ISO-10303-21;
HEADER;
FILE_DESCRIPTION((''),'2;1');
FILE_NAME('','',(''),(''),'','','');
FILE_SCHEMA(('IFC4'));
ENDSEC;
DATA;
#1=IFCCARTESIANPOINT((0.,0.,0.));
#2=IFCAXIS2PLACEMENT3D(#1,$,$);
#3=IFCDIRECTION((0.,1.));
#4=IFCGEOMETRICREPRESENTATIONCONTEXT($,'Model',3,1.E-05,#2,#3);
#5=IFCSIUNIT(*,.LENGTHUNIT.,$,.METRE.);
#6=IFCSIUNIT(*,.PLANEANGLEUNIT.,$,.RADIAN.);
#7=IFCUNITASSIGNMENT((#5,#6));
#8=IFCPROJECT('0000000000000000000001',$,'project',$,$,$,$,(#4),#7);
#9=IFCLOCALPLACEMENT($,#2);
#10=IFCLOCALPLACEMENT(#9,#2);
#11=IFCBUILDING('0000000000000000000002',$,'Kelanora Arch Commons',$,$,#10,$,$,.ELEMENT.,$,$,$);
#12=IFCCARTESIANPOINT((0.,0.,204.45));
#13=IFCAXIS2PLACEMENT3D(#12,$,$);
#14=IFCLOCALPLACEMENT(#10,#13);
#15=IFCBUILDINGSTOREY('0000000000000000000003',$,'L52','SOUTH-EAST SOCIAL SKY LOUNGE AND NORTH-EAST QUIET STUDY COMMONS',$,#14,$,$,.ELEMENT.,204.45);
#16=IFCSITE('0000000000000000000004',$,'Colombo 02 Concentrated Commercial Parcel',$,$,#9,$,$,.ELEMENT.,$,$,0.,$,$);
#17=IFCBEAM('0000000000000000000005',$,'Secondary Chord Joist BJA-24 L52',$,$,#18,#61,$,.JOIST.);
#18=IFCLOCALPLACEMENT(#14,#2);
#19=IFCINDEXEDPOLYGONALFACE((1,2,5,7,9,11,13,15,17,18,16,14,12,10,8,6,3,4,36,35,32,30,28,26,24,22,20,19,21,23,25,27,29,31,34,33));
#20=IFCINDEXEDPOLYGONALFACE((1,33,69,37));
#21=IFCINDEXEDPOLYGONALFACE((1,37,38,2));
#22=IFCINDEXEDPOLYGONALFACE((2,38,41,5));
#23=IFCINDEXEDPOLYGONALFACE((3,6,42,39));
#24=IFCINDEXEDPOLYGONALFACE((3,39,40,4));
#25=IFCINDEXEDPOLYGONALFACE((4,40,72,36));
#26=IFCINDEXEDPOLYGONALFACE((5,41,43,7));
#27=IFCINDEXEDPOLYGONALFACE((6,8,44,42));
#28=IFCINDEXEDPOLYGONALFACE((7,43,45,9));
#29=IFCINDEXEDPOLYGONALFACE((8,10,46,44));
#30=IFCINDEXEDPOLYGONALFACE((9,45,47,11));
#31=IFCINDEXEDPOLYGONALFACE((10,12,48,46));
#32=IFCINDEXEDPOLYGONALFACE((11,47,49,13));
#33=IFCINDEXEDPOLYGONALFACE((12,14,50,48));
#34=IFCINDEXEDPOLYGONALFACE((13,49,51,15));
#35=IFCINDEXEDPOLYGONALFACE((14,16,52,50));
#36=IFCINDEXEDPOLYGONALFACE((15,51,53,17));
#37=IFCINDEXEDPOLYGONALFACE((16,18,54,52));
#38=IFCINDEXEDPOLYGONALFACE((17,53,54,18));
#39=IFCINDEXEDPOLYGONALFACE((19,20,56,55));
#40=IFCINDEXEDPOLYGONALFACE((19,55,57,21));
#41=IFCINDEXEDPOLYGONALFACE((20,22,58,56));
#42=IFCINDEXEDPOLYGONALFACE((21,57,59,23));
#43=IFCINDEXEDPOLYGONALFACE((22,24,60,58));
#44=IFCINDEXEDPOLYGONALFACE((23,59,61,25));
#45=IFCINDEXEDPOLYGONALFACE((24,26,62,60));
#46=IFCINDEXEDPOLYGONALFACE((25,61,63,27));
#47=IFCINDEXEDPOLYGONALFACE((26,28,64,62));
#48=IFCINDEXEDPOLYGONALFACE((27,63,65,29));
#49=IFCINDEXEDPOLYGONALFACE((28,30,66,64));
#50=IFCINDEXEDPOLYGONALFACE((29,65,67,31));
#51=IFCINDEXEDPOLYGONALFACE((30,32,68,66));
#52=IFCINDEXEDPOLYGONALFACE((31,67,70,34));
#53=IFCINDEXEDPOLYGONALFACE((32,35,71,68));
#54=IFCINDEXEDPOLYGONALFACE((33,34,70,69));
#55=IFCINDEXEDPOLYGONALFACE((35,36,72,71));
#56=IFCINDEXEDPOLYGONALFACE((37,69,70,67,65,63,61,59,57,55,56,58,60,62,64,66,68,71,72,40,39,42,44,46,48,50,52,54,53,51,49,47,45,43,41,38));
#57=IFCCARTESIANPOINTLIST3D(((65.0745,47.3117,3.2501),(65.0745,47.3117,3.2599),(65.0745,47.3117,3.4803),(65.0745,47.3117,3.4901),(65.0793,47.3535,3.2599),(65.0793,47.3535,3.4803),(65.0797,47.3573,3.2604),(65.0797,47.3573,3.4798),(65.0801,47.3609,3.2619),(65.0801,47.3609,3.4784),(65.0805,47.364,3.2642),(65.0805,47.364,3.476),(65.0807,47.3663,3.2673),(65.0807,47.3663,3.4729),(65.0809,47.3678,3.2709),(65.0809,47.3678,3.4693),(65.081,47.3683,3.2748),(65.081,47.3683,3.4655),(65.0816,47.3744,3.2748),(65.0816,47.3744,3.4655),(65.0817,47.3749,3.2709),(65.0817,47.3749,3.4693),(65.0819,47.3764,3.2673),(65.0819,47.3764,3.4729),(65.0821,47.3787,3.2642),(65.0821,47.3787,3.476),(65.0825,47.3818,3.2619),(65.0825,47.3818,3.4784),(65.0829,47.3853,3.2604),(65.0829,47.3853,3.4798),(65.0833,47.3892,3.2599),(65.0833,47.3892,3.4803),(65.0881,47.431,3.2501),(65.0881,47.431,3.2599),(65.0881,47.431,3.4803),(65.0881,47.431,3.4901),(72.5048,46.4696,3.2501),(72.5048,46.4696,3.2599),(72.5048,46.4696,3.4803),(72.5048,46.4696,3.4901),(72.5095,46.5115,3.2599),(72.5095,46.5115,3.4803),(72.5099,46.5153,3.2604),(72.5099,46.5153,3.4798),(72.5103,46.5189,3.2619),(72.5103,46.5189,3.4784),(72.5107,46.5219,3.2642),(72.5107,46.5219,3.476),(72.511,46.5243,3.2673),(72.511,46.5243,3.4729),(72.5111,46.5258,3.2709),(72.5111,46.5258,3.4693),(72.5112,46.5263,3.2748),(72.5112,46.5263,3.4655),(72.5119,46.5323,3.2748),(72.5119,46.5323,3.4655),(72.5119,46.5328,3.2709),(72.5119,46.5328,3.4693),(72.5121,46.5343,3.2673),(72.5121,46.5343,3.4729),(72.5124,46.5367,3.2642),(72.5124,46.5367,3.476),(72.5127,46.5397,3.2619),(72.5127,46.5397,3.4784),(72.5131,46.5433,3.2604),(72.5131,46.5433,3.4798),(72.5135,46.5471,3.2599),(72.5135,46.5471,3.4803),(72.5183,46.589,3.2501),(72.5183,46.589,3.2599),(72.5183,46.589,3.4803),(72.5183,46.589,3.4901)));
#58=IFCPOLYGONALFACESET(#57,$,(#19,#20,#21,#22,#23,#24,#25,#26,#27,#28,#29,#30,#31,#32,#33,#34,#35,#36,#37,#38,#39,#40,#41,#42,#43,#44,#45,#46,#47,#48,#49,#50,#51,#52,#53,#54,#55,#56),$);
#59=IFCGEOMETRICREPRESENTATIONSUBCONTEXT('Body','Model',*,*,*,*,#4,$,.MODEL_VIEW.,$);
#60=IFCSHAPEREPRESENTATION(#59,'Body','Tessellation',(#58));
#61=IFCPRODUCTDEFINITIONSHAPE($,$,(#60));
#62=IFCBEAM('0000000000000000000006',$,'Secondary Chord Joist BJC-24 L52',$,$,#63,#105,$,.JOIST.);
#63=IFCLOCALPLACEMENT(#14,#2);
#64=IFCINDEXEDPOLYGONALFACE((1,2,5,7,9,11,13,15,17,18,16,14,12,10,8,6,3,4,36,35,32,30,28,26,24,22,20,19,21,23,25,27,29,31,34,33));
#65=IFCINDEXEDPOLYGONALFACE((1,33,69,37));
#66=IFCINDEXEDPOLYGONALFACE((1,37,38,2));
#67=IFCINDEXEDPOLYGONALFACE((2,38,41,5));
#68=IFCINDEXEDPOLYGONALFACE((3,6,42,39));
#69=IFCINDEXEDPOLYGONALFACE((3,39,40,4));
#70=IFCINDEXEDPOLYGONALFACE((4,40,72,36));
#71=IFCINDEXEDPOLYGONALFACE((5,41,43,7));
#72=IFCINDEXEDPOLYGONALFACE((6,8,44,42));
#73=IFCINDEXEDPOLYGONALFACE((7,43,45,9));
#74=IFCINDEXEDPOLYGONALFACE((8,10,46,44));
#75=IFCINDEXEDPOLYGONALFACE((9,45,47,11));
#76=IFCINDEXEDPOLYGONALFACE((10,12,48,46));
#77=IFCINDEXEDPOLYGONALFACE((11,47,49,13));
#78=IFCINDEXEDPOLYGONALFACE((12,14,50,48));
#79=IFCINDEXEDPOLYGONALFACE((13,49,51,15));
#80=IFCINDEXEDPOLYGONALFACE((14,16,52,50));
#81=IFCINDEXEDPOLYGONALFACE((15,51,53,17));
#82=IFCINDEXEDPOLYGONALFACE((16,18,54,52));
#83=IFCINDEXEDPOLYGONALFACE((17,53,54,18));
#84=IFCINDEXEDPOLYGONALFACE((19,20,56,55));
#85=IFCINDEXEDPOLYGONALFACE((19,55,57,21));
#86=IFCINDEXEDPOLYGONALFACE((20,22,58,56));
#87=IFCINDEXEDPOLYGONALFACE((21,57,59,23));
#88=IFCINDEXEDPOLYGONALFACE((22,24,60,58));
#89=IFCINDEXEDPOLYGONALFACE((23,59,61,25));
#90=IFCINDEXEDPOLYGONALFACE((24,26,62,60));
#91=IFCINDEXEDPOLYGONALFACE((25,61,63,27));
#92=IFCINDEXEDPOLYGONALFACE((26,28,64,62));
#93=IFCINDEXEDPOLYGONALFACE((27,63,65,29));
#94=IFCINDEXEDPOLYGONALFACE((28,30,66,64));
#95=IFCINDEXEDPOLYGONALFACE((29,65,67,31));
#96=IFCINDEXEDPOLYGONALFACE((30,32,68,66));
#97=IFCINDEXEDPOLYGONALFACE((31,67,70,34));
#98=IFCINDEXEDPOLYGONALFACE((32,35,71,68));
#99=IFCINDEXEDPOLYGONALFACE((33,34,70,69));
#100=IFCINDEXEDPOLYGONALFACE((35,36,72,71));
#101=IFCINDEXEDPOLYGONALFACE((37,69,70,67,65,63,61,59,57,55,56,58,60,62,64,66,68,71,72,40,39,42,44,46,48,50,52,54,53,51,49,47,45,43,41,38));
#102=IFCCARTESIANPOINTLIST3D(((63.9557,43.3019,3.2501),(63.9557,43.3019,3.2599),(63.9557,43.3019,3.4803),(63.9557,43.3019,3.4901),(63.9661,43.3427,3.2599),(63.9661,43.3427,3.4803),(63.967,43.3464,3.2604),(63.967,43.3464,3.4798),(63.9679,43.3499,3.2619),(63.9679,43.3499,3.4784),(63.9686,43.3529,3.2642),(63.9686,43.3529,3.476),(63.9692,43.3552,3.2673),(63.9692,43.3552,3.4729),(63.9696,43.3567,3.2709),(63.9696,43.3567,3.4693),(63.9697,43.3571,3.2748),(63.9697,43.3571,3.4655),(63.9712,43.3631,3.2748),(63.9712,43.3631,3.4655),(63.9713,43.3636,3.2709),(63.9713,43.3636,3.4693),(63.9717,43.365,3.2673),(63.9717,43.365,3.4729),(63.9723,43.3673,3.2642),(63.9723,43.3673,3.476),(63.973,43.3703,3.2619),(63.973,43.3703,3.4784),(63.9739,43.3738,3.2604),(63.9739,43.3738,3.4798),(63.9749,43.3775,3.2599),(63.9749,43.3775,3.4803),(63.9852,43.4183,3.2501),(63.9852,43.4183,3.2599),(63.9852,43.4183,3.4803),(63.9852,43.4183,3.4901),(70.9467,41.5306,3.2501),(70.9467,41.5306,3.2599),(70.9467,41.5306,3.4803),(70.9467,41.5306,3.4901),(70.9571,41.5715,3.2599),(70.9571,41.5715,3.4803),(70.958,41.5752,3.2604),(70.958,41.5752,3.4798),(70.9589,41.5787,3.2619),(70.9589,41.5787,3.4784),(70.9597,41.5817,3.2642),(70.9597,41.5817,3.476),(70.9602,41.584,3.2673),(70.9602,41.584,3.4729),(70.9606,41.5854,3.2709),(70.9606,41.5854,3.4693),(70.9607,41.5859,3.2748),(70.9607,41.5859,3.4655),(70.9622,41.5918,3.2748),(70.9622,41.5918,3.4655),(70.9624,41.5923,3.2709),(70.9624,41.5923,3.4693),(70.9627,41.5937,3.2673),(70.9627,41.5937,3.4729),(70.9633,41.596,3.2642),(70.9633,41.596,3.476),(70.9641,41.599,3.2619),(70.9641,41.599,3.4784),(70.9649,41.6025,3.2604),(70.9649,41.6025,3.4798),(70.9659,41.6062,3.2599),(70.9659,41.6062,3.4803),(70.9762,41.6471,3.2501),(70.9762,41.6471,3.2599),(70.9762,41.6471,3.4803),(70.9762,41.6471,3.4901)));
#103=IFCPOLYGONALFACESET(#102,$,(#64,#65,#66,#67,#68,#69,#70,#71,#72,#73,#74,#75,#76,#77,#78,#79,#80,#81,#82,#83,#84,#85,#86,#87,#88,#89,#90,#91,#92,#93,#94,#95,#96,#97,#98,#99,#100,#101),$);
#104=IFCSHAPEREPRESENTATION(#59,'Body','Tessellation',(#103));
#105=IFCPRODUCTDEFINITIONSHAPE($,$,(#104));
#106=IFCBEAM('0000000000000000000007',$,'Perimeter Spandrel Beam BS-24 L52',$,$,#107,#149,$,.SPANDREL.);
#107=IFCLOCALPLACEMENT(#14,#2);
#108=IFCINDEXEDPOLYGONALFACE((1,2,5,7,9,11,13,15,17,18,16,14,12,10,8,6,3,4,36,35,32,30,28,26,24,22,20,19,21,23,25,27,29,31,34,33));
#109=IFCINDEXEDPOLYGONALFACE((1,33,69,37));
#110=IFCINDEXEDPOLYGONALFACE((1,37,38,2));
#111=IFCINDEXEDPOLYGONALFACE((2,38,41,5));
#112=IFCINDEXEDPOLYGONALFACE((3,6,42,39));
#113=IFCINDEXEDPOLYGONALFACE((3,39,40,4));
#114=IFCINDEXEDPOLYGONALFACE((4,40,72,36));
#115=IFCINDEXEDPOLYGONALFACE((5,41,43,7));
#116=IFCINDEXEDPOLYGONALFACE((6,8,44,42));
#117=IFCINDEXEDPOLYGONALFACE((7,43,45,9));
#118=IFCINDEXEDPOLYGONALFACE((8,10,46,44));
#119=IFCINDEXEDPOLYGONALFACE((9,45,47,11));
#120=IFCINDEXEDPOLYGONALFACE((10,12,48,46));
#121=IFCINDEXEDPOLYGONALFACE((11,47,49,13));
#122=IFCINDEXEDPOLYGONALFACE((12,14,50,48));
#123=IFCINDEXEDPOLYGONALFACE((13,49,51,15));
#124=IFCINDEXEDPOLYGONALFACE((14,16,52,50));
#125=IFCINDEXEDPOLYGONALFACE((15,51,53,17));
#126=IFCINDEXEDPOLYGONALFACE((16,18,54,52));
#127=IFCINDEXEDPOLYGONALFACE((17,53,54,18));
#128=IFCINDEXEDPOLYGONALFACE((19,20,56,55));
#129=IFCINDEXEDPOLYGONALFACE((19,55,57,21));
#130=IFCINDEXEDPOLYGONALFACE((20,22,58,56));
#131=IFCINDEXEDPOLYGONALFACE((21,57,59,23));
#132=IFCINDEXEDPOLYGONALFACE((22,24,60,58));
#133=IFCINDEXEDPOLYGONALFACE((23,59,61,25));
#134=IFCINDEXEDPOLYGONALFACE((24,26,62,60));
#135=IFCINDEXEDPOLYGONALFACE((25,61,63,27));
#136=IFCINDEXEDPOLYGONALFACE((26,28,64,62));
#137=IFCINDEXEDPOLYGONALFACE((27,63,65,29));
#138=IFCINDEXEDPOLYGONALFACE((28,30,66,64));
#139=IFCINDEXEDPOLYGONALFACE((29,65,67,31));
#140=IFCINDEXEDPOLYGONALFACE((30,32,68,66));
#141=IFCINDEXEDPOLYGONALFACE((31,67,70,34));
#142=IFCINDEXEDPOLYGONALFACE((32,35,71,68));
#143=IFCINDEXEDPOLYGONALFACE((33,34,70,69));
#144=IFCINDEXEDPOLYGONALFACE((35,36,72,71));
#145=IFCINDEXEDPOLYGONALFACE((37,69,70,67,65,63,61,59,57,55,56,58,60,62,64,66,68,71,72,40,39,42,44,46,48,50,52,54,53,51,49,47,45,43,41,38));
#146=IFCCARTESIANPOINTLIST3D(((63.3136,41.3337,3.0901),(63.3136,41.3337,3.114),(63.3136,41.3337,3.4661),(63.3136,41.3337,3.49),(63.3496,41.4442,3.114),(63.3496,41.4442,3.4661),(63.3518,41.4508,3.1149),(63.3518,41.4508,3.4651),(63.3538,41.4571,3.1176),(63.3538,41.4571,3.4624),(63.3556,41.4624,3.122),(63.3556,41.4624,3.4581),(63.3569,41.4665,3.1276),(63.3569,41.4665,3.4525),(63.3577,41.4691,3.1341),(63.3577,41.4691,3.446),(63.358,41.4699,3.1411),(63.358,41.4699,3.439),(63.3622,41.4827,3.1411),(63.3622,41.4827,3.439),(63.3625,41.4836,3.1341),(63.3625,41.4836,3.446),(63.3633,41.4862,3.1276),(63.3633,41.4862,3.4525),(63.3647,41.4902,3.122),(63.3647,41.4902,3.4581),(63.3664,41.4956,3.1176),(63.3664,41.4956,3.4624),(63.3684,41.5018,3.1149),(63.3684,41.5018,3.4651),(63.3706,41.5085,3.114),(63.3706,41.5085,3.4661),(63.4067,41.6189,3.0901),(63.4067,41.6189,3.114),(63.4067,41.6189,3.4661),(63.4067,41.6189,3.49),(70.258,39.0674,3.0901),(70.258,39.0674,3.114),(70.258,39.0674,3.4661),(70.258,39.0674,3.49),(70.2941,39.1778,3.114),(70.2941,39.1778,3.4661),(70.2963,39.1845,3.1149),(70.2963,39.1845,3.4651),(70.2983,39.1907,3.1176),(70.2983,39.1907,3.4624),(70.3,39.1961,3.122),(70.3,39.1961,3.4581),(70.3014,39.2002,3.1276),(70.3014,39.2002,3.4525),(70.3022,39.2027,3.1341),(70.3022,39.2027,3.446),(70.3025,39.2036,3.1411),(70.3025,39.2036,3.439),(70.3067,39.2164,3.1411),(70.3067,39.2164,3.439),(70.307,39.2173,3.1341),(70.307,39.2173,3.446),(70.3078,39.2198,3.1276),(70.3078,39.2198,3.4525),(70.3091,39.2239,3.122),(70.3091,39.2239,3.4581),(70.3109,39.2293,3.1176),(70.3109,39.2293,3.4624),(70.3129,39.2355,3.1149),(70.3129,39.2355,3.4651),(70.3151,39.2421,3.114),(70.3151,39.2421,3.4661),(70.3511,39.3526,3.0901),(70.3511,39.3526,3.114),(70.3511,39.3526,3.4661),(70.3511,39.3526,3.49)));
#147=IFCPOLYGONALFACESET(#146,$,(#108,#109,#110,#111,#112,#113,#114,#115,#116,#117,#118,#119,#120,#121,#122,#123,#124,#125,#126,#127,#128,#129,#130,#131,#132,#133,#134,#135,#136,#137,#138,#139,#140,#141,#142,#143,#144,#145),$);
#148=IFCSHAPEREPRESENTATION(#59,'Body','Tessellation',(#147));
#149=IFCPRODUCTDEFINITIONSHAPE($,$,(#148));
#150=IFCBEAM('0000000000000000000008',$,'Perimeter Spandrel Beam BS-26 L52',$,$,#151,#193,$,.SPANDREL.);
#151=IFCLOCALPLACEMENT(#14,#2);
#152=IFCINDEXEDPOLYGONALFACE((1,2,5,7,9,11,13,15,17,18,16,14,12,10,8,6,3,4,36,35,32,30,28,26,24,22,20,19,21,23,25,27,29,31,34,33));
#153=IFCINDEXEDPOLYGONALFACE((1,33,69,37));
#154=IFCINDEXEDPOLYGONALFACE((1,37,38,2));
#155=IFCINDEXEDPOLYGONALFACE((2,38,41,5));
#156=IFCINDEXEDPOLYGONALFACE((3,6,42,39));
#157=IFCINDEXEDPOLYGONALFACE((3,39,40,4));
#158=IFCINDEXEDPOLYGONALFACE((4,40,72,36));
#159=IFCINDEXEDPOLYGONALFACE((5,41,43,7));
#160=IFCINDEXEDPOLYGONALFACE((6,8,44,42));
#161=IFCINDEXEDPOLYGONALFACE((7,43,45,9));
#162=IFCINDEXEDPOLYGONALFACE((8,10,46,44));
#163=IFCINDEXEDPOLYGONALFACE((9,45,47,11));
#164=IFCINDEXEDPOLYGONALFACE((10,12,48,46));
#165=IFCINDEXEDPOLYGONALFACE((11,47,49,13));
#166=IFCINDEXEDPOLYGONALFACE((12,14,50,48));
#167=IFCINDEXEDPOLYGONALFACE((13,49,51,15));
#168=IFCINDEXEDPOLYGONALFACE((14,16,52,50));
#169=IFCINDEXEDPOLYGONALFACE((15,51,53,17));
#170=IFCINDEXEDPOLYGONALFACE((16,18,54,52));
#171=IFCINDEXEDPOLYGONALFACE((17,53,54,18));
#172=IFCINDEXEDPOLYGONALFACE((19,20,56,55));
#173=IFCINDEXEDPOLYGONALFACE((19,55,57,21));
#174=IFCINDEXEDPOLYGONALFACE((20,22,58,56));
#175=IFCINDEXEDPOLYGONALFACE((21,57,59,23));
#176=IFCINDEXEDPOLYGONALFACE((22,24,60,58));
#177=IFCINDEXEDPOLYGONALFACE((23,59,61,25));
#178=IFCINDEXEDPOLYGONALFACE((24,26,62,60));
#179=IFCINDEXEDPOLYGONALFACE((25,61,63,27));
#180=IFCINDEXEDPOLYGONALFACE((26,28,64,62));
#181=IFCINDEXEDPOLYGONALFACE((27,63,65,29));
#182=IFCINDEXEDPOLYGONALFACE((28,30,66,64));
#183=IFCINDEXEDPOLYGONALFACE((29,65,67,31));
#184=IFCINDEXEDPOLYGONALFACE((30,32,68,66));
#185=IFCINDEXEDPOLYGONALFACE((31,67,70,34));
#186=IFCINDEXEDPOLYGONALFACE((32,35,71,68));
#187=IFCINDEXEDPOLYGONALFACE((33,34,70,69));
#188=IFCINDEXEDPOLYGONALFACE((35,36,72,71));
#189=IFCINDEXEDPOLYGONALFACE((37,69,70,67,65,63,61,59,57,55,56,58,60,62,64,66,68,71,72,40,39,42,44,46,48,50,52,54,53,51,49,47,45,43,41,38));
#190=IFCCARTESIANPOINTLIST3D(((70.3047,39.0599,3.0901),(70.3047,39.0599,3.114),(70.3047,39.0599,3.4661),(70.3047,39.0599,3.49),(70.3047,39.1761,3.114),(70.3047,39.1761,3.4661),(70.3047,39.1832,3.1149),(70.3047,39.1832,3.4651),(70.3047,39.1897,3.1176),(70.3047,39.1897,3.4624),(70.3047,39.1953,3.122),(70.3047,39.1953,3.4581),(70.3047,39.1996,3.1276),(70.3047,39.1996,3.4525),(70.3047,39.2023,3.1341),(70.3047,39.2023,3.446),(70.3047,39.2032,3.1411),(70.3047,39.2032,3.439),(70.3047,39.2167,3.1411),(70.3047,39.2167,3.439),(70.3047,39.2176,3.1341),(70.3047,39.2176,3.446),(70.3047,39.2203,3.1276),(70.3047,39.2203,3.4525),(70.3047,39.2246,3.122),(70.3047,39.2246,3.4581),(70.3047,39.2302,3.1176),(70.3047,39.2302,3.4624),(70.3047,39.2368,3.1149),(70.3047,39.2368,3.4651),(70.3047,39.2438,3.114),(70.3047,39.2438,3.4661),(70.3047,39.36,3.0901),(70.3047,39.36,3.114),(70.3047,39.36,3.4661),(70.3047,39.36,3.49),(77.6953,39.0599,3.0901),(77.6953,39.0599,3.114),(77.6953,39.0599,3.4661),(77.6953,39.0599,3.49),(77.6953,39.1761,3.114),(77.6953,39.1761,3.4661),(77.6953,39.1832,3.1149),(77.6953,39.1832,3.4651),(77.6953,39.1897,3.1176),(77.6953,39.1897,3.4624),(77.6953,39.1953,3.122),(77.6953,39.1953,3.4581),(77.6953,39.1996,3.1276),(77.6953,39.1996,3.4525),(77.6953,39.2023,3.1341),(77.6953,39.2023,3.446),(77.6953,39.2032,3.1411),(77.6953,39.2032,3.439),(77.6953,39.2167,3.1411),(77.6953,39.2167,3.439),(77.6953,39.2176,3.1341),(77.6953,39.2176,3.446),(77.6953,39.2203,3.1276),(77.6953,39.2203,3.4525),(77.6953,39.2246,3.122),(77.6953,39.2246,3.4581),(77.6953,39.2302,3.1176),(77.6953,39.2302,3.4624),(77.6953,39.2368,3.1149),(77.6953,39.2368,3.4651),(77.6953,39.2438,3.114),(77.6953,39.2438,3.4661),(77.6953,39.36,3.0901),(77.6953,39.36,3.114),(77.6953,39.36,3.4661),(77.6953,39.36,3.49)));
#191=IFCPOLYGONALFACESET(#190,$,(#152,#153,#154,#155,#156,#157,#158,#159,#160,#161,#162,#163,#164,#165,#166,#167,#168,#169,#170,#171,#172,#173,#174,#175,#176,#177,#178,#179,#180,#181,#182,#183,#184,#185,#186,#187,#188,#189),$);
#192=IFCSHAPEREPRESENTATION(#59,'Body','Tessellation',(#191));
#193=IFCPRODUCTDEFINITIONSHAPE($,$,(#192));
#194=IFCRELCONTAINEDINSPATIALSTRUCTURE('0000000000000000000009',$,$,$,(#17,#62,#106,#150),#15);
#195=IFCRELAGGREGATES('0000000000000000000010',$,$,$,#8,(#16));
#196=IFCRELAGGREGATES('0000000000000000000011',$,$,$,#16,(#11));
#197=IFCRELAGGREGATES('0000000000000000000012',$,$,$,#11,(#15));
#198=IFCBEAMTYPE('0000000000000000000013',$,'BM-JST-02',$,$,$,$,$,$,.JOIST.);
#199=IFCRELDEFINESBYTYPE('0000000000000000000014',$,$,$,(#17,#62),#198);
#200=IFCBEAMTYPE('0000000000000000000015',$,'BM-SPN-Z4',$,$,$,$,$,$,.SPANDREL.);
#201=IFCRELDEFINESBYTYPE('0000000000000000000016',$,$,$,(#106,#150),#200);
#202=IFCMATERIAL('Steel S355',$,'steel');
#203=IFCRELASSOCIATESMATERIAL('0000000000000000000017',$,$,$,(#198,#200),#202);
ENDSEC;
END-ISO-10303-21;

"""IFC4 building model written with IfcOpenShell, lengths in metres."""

from ifc_helpers import new_model, si_unit, direction, frame, origin, origin_2d, place, context, subcontext, project, spatial, i_section, extrude, material, material_profile, profile_set, type_object, element, save


model = new_model("IFC4")

# Units and contexts
model_context = context("Model", 3, precision=1e-05, world=origin(), true_north=direction((0.0, 1.0)))
body_context = subcontext(model_context, "Body", "Model", "MODEL_VIEW")
ifc_project = project(units=[si_unit("LENGTHUNIT", "METRE"), si_unit("PLANEANGLEUNIT", "RADIAN")], contexts=[model_context])

# Site, building, storey
site_placement = place(None, origin())
site = spatial("IfcSite", under=ifc_project, at=site_placement, Name="Colombo 02 Concentrated Commercial Parcel", CompositionType="ELEMENT", RefElevation=0.0)
building_placement = place(site_placement, origin())
building = spatial("IfcBuilding", under=site, at=building_placement, Name="Kelanora Arch Commons", CompositionType="ELEMENT")
storey_placement = place(building_placement, frame((0.0, 0.0, 204.45)))
storey = spatial("IfcBuildingStorey", under=building, at=storey_placement, Name="L52", Description="SOUTH-EAST SOCIAL SKY LOUNGE AND NORTH-EAST QUIET STUDY COMMONS", CompositionType="ELEMENT", Elevation=204.45)

# Beams
ifc_material_1 = material(Name="Steel S355", Category="steel")
ifc_material_profile_1 = material_profile(ifc_material_1, i_section(OverallWidth=0.1201, OverallDepth=0.24, WebThickness=0.0061, FlangeThickness=0.0098, FilletRadius=0.0149, at=origin_2d()), Name="IPE240")
ifc_profile_set_1 = profile_set([ifc_material_profile_1], Name="Steel S355")
beam_type_1 = type_object("IfcBeamType", Name="BM-JST-02", PredefinedType="JOIST", material=ifc_profile_set_1)
beam_1_placement = place(storey_placement, frame((65.0813, 47.3713, 3.3701), z_axis=(0.99364, -0.112606, 0.0), x_axis=(0.112606, 0.99364, 0.0)))
element("IfcBeam", 1, at=beam_1_placement, inside=storey, type_object=beam_type_1, Name="Secondary Chord Joist BJA-24 L52", PredefinedType="JOIST", context=body_context, shape_type="SweptSolid", body=[
    extrude(i_section(OverallWidth=0.1201, OverallDepth=0.24, WebThickness=0.0061, FlangeThickness=0.0098, FilletRadius=0.0149, at=origin_2d()), origin(), (0.0, 0.0, 1.0), 7.4778),
])
beam_2_placement = place(storey_placement, frame((63.9705, 43.3601, 3.3701), z_axis=(0.969371, -0.245601, 0.0), x_axis=(0.245601, 0.969371, 0.0)))
element("IfcBeam", 2, at=beam_2_placement, inside=storey, type_object=beam_type_1, Name="Secondary Chord Joist BJC-24 L52", PredefinedType="JOIST", context=body_context, shape_type="SweptSolid", body=[
    extrude(i_section(OverallWidth=0.1201, OverallDepth=0.24, WebThickness=0.0061, FlangeThickness=0.0098, FilletRadius=0.0149, at=origin_2d()), origin(), (0.0, 0.0, 1.0), 7.2119),
])
ifc_material_profile_2 = material_profile(ifc_material_1, i_section(OverallWidth=0.3, OverallDepth=0.3999, WebThickness=0.0134, FlangeThickness=0.0239, FilletRadius=0.0271, at=origin_2d()), Name="HEB400")
ifc_profile_set_2 = profile_set([ifc_material_profile_2], Name="Steel S355")
beam_type_2 = type_object("IfcBeamType", Name="BM-SPN-Z4", PredefinedType="SPANDREL", material=ifc_profile_set_2)
beam_3_placement = place(storey_placement, frame((63.3601, 41.4763, 3.29), z_axis=(0.950656, -0.310246, 0.0), x_axis=(0.310246, 0.950656, 0.0)))
element("IfcBeam", 3, at=beam_3_placement, inside=storey, type_object=beam_type_2, Name="Perimeter Spandrel Beam BS-24 L52", PredefinedType="SPANDREL", context=body_context, shape_type="SweptSolid", body=[
    extrude(i_section(OverallWidth=0.3, OverallDepth=0.3999, WebThickness=0.0134, FlangeThickness=0.0239, FilletRadius=0.0271, at=origin_2d()), origin(), (0.0, 0.0, 1.0), 7.3049),
])
beam_4_placement = place(storey_placement, frame((70.3047, 39.21, 3.29), z_axis=(1.0, 0.0, 0.0), x_axis=(0.0, 1.0, 0.0)))
element("IfcBeam", 4, at=beam_4_placement, inside=storey, type_object=beam_type_2, Name="Perimeter Spandrel Beam BS-26 L52", PredefinedType="SPANDREL", context=body_context, shape_type="SweptSolid", body=[
    extrude(i_section(OverallWidth=0.3, OverallDepth=0.3999, WebThickness=0.0134, FlangeThickness=0.0239, FilletRadius=0.0271, at=origin_2d()), origin(), (0.0, 0.0, 1.0), 7.3906),
])

save(model, "model.ifc")
